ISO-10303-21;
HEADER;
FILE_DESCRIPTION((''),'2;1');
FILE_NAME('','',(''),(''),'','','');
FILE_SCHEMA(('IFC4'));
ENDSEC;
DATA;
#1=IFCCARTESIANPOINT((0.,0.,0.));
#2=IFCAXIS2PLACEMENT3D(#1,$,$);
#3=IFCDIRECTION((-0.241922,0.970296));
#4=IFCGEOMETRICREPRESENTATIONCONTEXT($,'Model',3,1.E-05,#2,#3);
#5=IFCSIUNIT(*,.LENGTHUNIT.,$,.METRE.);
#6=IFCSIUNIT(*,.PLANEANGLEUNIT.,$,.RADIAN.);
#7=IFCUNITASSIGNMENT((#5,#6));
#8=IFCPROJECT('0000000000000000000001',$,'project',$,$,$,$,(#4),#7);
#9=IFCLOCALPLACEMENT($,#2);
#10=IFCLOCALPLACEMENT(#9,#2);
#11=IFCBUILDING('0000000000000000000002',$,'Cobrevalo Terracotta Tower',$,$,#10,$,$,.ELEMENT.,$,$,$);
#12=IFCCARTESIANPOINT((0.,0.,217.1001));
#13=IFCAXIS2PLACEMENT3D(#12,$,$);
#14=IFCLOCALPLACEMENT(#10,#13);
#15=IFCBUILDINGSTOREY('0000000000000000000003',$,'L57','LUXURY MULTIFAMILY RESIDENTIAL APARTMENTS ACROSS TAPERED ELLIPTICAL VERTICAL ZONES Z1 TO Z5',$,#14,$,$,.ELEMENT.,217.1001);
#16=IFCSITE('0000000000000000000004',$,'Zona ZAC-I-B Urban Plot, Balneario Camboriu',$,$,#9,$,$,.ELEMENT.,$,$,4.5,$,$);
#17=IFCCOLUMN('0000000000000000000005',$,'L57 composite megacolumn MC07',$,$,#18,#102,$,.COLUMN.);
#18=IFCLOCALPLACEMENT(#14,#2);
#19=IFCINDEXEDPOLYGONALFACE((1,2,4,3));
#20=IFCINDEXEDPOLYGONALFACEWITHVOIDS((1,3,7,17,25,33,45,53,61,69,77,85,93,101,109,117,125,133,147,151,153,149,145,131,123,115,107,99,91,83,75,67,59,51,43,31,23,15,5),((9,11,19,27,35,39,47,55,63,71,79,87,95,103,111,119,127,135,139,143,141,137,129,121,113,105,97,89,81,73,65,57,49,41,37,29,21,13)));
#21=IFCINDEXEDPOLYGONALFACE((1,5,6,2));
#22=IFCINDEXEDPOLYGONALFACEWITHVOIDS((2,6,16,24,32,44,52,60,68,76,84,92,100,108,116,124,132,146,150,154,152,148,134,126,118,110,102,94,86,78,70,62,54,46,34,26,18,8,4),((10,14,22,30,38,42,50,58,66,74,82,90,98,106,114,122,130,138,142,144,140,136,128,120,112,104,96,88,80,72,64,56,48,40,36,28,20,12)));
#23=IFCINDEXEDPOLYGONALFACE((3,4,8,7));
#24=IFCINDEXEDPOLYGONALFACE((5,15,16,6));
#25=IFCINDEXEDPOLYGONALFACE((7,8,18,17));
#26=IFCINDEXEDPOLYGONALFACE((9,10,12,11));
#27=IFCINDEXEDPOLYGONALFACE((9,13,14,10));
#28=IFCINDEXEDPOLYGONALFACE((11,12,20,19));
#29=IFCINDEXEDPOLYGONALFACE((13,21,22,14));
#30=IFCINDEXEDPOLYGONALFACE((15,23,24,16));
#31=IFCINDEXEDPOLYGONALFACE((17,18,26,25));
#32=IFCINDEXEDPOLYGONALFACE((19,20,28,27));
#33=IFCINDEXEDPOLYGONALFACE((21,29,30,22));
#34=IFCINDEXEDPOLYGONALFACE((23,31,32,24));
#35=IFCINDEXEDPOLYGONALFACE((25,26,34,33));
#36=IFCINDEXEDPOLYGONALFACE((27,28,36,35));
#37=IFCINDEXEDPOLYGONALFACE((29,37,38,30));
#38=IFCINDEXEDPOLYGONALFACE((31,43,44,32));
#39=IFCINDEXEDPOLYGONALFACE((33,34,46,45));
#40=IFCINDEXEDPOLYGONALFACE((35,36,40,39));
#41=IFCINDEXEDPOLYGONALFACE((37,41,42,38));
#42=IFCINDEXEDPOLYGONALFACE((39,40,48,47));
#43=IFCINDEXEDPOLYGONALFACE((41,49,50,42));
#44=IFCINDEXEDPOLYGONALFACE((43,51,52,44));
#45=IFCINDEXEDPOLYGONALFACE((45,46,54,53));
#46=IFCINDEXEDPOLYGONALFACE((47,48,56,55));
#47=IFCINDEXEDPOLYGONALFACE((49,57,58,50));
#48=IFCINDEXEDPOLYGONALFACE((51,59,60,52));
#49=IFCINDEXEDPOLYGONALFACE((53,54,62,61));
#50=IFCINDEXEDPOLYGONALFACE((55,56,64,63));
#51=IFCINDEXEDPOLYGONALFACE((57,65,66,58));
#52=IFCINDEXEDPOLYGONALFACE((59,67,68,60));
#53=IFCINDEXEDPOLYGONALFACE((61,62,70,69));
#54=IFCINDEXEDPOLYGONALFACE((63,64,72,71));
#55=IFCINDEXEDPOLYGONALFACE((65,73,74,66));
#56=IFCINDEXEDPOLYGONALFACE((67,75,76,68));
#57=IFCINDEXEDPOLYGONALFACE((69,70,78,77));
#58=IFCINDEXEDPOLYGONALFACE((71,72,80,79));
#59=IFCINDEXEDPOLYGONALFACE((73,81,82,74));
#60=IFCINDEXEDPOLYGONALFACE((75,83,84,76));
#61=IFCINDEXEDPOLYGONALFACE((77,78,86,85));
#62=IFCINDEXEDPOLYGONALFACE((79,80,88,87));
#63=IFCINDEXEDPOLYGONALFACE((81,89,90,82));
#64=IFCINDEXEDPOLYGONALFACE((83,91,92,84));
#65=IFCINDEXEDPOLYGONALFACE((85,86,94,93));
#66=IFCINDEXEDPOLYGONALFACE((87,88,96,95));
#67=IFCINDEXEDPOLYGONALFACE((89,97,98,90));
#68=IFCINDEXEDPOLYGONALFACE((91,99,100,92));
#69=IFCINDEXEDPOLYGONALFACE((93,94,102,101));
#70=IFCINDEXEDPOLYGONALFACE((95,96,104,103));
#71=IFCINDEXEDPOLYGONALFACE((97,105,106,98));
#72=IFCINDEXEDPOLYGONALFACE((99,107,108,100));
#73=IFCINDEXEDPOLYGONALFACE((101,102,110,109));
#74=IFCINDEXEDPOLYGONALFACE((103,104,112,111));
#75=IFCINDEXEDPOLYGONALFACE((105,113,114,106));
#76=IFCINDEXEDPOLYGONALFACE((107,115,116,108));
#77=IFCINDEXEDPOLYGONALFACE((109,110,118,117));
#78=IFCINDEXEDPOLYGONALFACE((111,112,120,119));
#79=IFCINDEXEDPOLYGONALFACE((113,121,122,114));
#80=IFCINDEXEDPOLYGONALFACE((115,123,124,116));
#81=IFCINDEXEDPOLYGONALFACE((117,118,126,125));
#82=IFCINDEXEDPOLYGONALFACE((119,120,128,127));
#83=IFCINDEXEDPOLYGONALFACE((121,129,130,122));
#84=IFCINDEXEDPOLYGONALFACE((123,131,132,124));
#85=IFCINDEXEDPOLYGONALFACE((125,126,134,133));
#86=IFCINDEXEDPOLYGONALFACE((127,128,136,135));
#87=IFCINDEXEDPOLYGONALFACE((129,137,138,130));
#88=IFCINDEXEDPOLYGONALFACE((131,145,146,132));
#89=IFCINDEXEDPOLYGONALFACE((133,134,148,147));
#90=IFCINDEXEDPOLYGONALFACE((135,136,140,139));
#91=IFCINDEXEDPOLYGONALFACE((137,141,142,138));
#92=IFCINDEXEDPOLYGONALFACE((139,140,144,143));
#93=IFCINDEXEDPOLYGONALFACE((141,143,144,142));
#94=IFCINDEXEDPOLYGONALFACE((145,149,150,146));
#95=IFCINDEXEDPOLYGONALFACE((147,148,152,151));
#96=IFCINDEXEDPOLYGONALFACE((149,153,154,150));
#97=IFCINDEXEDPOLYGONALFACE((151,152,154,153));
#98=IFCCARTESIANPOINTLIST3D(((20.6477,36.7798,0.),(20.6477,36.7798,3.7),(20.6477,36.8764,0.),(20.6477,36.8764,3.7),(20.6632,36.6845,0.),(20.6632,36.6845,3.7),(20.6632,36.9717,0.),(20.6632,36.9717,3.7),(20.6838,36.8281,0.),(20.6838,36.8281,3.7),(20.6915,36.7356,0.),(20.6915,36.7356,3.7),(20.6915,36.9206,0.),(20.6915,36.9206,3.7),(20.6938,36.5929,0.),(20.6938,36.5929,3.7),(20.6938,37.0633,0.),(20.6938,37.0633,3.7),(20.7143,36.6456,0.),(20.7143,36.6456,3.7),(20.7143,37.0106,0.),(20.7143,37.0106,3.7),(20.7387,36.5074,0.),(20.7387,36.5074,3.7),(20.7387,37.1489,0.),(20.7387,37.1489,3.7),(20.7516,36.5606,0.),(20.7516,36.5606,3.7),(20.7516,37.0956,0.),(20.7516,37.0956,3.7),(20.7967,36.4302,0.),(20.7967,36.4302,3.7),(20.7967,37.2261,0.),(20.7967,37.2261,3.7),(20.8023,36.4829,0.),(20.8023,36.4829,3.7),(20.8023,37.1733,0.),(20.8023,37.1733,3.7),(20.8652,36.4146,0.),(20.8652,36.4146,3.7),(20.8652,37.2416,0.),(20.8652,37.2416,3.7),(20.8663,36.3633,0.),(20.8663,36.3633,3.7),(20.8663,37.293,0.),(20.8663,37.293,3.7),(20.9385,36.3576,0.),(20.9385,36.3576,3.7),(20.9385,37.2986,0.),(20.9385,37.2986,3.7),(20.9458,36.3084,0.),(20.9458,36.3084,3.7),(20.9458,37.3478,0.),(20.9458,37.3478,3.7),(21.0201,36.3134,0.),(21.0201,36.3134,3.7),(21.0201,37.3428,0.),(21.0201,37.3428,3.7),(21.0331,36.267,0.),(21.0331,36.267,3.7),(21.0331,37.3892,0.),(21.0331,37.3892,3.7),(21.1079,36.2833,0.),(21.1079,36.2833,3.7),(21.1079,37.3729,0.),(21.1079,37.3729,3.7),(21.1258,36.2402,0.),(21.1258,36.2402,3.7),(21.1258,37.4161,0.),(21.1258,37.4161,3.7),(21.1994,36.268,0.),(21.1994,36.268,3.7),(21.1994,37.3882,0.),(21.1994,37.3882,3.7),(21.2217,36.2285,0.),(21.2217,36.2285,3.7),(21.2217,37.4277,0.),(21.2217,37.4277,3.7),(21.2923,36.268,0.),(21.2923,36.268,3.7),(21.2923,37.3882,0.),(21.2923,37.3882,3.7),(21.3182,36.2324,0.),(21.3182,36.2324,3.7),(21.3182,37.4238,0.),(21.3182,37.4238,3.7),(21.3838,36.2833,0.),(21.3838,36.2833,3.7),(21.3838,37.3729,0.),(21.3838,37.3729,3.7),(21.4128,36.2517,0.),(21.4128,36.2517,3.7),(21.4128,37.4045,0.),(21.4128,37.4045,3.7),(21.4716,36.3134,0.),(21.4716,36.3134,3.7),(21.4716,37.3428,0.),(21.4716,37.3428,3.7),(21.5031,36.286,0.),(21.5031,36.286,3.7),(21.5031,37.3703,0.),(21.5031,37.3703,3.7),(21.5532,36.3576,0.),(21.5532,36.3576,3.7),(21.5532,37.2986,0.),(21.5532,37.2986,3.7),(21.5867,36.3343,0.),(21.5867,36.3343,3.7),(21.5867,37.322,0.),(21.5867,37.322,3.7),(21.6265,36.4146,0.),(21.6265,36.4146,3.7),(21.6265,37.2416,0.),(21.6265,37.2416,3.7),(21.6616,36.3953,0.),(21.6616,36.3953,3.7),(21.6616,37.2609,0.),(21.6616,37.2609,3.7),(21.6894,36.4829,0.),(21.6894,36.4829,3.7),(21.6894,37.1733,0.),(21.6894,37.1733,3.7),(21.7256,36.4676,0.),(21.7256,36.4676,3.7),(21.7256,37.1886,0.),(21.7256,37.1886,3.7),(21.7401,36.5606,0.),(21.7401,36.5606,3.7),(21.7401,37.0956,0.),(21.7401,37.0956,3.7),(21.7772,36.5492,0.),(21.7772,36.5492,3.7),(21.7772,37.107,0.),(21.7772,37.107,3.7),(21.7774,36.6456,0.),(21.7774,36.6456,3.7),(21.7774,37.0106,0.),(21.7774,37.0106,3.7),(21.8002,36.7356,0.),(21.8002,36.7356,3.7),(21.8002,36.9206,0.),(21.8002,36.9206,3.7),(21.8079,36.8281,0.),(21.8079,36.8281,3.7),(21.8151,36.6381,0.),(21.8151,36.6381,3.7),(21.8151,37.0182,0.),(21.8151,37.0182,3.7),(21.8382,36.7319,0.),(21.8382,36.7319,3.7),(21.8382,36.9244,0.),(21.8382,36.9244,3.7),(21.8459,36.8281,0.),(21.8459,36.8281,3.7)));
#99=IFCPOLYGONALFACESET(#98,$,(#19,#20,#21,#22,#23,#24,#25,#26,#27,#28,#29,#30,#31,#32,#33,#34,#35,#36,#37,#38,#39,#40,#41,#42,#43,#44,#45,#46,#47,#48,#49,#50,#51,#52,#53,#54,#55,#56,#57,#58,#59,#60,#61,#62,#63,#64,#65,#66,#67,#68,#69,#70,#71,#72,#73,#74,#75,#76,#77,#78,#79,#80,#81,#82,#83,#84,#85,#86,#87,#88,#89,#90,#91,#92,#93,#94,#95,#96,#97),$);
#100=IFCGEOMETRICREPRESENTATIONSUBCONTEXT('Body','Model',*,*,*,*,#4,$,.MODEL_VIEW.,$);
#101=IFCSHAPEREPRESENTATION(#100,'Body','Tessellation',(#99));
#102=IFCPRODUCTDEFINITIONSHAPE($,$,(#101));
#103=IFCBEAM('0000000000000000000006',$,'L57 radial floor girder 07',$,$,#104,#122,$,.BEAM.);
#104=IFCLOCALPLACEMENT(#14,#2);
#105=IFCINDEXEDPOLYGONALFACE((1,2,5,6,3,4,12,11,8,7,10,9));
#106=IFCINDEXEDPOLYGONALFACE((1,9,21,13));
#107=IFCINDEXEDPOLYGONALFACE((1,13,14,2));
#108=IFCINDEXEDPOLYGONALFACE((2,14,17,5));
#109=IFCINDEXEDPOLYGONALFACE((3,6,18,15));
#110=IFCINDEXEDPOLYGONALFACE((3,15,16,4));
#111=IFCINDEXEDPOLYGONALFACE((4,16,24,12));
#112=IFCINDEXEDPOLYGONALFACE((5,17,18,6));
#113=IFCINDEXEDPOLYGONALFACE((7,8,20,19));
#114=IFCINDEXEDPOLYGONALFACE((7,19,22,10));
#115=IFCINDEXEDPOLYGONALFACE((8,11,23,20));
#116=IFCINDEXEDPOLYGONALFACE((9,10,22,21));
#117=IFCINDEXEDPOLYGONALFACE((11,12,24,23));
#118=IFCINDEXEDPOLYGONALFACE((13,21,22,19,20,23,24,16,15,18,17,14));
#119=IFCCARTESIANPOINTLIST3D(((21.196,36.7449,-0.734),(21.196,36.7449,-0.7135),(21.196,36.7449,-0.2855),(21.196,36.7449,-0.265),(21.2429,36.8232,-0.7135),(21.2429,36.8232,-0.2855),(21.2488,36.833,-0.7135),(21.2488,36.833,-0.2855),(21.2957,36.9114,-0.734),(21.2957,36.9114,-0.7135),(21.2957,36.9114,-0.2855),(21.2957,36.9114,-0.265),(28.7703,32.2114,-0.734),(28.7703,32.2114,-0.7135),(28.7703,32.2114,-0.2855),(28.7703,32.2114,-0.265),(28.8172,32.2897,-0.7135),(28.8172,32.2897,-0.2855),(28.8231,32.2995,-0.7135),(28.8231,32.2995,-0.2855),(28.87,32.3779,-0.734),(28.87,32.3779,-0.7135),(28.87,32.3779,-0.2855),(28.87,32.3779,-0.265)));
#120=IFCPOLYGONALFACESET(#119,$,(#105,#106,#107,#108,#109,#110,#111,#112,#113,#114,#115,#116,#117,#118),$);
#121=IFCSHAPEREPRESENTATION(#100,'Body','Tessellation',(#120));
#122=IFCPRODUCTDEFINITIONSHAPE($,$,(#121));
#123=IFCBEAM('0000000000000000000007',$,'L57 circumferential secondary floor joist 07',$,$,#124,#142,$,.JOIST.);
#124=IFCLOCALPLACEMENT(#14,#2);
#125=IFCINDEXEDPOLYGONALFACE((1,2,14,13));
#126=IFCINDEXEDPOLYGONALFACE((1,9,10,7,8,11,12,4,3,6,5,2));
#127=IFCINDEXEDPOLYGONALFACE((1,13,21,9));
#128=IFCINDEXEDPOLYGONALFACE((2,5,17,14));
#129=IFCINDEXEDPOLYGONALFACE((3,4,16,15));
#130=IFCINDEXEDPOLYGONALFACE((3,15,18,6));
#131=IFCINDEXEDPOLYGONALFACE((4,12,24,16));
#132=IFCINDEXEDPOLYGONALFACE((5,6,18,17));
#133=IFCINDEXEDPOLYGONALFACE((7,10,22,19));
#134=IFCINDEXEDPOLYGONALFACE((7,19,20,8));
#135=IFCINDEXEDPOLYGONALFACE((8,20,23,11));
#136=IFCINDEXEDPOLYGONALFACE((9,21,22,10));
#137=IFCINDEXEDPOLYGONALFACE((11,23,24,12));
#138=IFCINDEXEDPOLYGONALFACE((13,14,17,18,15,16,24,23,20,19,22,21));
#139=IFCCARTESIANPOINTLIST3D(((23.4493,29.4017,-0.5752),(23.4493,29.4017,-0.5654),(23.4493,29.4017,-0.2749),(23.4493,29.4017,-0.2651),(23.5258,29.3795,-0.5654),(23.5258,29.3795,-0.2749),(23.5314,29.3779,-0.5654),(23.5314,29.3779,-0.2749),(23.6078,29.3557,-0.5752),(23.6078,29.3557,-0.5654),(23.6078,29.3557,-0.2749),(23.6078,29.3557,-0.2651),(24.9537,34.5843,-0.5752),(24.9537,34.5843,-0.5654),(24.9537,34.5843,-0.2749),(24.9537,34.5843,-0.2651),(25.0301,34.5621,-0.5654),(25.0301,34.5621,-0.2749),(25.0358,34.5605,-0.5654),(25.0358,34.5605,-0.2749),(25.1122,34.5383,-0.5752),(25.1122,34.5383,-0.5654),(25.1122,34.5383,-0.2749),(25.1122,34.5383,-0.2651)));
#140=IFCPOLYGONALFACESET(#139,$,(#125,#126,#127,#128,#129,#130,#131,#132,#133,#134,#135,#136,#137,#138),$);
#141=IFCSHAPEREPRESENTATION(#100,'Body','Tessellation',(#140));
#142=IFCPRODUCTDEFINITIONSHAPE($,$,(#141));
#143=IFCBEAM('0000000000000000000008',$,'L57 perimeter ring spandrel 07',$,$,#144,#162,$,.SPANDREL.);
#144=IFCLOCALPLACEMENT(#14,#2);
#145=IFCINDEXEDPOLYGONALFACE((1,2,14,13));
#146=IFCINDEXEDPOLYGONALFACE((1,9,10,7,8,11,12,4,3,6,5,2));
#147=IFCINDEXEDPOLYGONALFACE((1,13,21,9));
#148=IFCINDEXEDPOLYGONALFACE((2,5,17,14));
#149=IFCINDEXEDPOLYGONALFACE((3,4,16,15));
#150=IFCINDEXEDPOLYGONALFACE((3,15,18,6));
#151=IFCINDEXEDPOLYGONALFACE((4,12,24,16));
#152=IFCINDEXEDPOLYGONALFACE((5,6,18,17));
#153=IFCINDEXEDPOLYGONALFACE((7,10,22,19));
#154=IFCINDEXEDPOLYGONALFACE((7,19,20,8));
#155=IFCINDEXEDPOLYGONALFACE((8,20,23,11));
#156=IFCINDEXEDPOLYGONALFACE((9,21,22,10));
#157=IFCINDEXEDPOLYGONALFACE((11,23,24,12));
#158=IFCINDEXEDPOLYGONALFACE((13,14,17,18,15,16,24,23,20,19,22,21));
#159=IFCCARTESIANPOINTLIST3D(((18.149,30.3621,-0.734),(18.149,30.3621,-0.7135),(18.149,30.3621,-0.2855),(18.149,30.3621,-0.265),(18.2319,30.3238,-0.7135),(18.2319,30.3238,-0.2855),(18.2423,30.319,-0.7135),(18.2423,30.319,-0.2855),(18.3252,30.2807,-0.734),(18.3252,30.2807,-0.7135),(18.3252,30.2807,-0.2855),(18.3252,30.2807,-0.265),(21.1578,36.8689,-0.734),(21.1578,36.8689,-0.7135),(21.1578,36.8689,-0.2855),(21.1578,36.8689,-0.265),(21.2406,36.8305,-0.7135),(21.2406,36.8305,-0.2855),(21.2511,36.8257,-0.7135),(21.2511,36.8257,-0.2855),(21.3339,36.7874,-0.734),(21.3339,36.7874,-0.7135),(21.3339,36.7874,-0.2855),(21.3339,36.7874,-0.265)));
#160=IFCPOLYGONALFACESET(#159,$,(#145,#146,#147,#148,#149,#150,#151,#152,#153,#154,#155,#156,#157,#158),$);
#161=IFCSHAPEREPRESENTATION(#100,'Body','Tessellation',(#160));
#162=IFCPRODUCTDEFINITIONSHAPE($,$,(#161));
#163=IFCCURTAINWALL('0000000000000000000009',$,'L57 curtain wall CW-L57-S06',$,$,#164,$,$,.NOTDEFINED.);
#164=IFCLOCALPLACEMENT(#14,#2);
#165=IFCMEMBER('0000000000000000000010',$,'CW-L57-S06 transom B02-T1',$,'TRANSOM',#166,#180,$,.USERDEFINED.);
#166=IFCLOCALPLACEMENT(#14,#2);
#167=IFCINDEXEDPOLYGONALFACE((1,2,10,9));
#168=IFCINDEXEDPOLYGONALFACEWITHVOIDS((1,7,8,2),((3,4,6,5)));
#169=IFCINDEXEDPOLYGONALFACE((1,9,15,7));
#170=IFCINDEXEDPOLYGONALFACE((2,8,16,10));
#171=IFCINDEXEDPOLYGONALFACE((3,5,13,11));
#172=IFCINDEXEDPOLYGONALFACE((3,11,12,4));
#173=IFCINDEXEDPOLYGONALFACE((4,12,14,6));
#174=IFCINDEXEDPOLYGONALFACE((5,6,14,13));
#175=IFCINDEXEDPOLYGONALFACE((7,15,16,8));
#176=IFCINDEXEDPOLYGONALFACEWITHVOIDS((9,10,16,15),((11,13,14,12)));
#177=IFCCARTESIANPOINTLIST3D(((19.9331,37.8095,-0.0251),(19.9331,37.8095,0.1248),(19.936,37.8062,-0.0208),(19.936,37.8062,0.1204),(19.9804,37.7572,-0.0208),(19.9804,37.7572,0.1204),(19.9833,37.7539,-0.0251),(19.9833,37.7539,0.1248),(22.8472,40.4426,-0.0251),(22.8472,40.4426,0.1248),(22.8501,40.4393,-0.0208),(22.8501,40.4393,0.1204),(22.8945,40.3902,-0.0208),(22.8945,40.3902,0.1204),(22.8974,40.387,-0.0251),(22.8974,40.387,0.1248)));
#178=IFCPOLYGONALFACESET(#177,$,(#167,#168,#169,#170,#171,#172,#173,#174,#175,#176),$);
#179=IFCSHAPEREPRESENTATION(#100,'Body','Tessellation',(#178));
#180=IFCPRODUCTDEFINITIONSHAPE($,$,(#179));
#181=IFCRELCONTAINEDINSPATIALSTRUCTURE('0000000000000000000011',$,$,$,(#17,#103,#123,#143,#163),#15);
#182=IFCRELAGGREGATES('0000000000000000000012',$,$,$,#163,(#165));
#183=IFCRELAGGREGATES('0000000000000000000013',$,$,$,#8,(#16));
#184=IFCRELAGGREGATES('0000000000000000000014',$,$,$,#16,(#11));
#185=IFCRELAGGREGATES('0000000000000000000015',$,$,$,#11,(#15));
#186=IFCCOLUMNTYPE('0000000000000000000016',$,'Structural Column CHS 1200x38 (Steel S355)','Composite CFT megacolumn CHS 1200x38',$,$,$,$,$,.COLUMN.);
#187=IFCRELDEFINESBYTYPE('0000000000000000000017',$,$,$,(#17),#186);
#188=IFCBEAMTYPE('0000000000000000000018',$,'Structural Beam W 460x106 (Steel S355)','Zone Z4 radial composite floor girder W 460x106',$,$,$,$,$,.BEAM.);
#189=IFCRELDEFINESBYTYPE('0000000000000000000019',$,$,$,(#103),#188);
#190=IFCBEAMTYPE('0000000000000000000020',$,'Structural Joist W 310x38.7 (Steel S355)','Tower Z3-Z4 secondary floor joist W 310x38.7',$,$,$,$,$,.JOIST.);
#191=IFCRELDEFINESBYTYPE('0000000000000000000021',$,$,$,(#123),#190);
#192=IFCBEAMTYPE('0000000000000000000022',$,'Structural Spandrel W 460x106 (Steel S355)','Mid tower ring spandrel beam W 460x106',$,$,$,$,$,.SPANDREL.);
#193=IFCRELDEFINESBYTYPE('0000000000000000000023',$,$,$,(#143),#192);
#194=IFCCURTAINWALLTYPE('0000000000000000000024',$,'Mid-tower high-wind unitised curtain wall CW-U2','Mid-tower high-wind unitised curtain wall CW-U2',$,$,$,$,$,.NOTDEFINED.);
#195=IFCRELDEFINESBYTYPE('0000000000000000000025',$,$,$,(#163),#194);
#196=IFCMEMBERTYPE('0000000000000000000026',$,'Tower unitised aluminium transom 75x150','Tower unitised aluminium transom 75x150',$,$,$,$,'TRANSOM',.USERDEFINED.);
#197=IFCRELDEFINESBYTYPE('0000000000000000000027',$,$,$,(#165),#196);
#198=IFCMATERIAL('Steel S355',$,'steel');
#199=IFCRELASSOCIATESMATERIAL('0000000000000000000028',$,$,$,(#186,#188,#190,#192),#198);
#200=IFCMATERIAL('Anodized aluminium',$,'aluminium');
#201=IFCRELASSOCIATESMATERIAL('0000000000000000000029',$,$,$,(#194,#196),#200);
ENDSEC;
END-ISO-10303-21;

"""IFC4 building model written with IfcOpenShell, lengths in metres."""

from ifc_helpers import new_model, si_unit, direction, frame, origin, origin_2d, place, context, subcontext, project, spatial, hollow_rectangle, hollow_circle, i_section, extrude, source, transform, mapped, material, material_profile, profile_set, type_object, element, aggregate, save


model = new_model("IFC4")

# Units and contexts
model_context = context("Model", 3, precision=1e-05, world=origin(), true_north=direction((-0.241922, 0.970296)))
body_context = subcontext(model_context, "Body", "Model", "MODEL_VIEW")
ifc_project = project(units=[si_unit("LENGTHUNIT", "METRE"), si_unit("PLANEANGLEUNIT", "RADIAN")], contexts=[model_context])

# Site, building, storey
site_placement = place(None, origin())
site = spatial("IfcSite", under=ifc_project, at=site_placement, Name="Zona ZAC-I-B Urban Plot, Balneario Camboriu", CompositionType="ELEMENT", RefElevation=4.5)
building_placement = place(site_placement, origin())
building = spatial("IfcBuilding", under=site, at=building_placement, Name="Cobrevalo Terracotta Tower", CompositionType="ELEMENT")
storey_placement = place(building_placement, frame((0.0, 0.0, 217.1001)))
storey = spatial("IfcBuildingStorey", under=building, at=storey_placement, Name="L57", Description="LUXURY MULTIFAMILY RESIDENTIAL APARTMENTS ACROSS TAPERED ELLIPTICAL VERTICAL ZONES Z1 TO Z5", CompositionType="ELEMENT", Elevation=217.1001)

# Column
ifc_material_1 = material(Name="Steel S355", Category="steel")
ifc_material_profile_1 = material_profile(ifc_material_1, hollow_circle(Radius=0.6001, WallThickness=0.0381, at=origin_2d()), Name="CHS 1200x38")
ifc_profile_set_1 = profile_set([ifc_material_profile_1], Name="Steel S355")
column_type = type_object("IfcColumnType", Name="Structural Column CHS 1200x38 (Steel S355)", Description="Composite CFT megacolumn CHS 1200x38", PredefinedType="COLUMN", material=ifc_profile_set_1)
column_placement = place(storey_placement, frame((21.2458, 36.8281, 0.0), z_axis=(0.0, 0.0, 1.0), x_axis=(1.0, 0.0, 0.0)))
element("IfcColumn", 1, at=column_placement, inside=storey, type_object=column_type, Name="L57 composite megacolumn MC07", PredefinedType="COLUMN", context=body_context, shape_type="SweptSolid", body=[
    extrude(hollow_circle(Radius=0.6001, WallThickness=0.0381, at=origin_2d()), origin(), (0.0, 0.0, 1.0), 3.7),
])

# Beams
ifc_material_profile_2 = material_profile(ifc_material_1, i_section(OverallWidth=0.1941, OverallDepth=0.469, WebThickness=0.0115, FlangeThickness=0.0205, at=origin_2d()), Name="W 460x106")
ifc_profile_set_2 = profile_set([ifc_material_profile_2], Name="Steel S355")
beam_type_1 = type_object("IfcBeamType", Name="Structural Beam W 460x106 (Steel S355)", Description="Zone Z4 radial composite floor girder W 460x106", PredefinedType="BEAM", material=ifc_profile_set_2)
beam_1_placement = place(storey_placement, frame((21.2458, 36.8281, -0.4995), z_axis=(0.858046, -0.513572, 0.0), x_axis=(0.513572, 0.858046, 0.0)))
element("IfcBeam", 2, at=beam_1_placement, inside=storey, type_object=beam_type_1, Name="L57 radial floor girder 07", PredefinedType="BEAM", context=body_context, shape_type="SweptSolid", body=[
    extrude(i_section(OverallWidth=0.1941, OverallDepth=0.469, WebThickness=0.0115, FlangeThickness=0.0205, at=origin_2d()), origin(), (0.0, 0.0, 1.0), 8.8274),
])
ifc_material_profile_3 = material_profile(ifc_material_1, i_section(OverallWidth=0.165, OverallDepth=0.3101, WebThickness=0.0059, FlangeThickness=0.0098, at=origin_2d()), Name="W 310x38.7")
ifc_profile_set_3 = profile_set([ifc_material_profile_3], Name="Steel S355")
beam_type_2 = type_object("IfcBeamType", Name="Structural Joist W 310x38.7 (Steel S355)", Description="Tower Z3-Z4 secondary floor joist W 310x38.7", PredefinedType="JOIST", material=ifc_profile_set_3)
beam_2_placement = place(storey_placement, frame((25.033, 34.5613, -0.4202), z_axis=(-0.27877, -0.960358, 0.0), x_axis=(0.960358, -0.27877, 0.0)))
element("IfcBeam", 3, at=beam_2_placement, inside=storey, type_object=beam_type_2, Name="L57 circumferential secondary floor joist 07", PredefinedType="JOIST", context=body_context, shape_type="SweptSolid", body=[
    extrude(i_section(OverallWidth=0.165, OverallDepth=0.3101, WebThickness=0.0059, FlangeThickness=0.0098, at=origin_2d()), origin(), (0.0, 0.0, 1.0), 5.3965),
])
ifc_material_profile_4 = material_profile(ifc_material_1, i_section(OverallWidth=0.1941, OverallDepth=0.469, WebThickness=0.0115, FlangeThickness=0.0205, at=origin_2d()), Name="W 460x106")
ifc_profile_set_4 = profile_set([ifc_material_profile_4], Name="Steel S355")
beam_type_3 = type_object("IfcBeamType", Name="Structural Spandrel W 460x106 (Steel S355)", Description="Mid tower ring spandrel beam W 460x106", PredefinedType="SPANDREL", material=ifc_profile_set_4)
beam_3_placement = place(storey_placement, frame((21.2458, 36.8281, -0.4995), z_axis=(-0.419706, -0.90766, 0.0), x_axis=(0.90766, -0.419706, 0.0)))
element("IfcBeam", 4, at=beam_3_placement, inside=storey, type_object=beam_type_3, Name="L57 perimeter ring spandrel 07", PredefinedType="SPANDREL", context=body_context, shape_type="SweptSolid", body=[
    extrude(i_section(OverallWidth=0.1941, OverallDepth=0.469, WebThickness=0.0115, FlangeThickness=0.0205, at=origin_2d()), origin(), (0.0, 0.0, 1.0), 7.1687),
])

# Curtain wall, member
ifc_material_2 = material(Name="Anodized aluminium", Category="aluminium")
curtain_wall_type = type_object("IfcCurtainWallType", Name="Mid-tower high-wind unitised curtain wall CW-U2", Description="Mid-tower high-wind unitised curtain wall CW-U2", PredefinedType="NOTDEFINED", material=ifc_material_2)
curtain_wall_1_placement = place(storey_placement, origin())
curtain_wall_1 = element("IfcCurtainWall", 5, at=curtain_wall_1_placement, inside=storey, type_object=curtain_wall_type, Name="L57 curtain wall CW-L57-S06", PredefinedType="NOTDEFINED")
ifc_material_profile_5 = material_profile(ifc_material_2, hollow_rectangle(XDim=0.075, YDim=0.1499, WallThickness=0.0044, at=origin_2d()), Name="CWT 75x150")
ifc_profile_set_5 = profile_set([ifc_material_profile_5], Name="Anodized aluminium")
member_type_1 = type_object("IfcMemberType", Name="Tower unitised aluminium transom 75x150", Description="Tower unitised aluminium transom 75x150", ElementType="TRANSOM", PredefinedType="USERDEFINED", material=ifc_profile_set_5)
shared_shape_1 = source(origin(), body_context, "Body", "SweptSolid", [
    extrude(hollow_rectangle(XDim=0.075, YDim=0.1499, WallThickness=0.0044, at=origin_2d()), origin(), (0.0, 0.0, 1.0), 3.9275),
])
member_1_placement = place(storey_placement, frame((22.8723, 40.4148, 0.0498), z_axis=(-0.741976, -0.670426, 0.0), x_axis=(0.670426, -0.741976, 0.0)))
member_1 = element("IfcMember", 6, at=member_1_placement, type_object=member_type_1, Name="CW-L57-S06 transom B02-T1", ObjectType="TRANSOM", PredefinedType="USERDEFINED", context=body_context, shape_type="MappedRepresentation", body=[
    mapped(shared_shape_1, transform((0.0, 0.0, 0.0), scale=1.0)),
])

aggregate(curtain_wall_1, [member_1])

save(model, "model.ifc")
